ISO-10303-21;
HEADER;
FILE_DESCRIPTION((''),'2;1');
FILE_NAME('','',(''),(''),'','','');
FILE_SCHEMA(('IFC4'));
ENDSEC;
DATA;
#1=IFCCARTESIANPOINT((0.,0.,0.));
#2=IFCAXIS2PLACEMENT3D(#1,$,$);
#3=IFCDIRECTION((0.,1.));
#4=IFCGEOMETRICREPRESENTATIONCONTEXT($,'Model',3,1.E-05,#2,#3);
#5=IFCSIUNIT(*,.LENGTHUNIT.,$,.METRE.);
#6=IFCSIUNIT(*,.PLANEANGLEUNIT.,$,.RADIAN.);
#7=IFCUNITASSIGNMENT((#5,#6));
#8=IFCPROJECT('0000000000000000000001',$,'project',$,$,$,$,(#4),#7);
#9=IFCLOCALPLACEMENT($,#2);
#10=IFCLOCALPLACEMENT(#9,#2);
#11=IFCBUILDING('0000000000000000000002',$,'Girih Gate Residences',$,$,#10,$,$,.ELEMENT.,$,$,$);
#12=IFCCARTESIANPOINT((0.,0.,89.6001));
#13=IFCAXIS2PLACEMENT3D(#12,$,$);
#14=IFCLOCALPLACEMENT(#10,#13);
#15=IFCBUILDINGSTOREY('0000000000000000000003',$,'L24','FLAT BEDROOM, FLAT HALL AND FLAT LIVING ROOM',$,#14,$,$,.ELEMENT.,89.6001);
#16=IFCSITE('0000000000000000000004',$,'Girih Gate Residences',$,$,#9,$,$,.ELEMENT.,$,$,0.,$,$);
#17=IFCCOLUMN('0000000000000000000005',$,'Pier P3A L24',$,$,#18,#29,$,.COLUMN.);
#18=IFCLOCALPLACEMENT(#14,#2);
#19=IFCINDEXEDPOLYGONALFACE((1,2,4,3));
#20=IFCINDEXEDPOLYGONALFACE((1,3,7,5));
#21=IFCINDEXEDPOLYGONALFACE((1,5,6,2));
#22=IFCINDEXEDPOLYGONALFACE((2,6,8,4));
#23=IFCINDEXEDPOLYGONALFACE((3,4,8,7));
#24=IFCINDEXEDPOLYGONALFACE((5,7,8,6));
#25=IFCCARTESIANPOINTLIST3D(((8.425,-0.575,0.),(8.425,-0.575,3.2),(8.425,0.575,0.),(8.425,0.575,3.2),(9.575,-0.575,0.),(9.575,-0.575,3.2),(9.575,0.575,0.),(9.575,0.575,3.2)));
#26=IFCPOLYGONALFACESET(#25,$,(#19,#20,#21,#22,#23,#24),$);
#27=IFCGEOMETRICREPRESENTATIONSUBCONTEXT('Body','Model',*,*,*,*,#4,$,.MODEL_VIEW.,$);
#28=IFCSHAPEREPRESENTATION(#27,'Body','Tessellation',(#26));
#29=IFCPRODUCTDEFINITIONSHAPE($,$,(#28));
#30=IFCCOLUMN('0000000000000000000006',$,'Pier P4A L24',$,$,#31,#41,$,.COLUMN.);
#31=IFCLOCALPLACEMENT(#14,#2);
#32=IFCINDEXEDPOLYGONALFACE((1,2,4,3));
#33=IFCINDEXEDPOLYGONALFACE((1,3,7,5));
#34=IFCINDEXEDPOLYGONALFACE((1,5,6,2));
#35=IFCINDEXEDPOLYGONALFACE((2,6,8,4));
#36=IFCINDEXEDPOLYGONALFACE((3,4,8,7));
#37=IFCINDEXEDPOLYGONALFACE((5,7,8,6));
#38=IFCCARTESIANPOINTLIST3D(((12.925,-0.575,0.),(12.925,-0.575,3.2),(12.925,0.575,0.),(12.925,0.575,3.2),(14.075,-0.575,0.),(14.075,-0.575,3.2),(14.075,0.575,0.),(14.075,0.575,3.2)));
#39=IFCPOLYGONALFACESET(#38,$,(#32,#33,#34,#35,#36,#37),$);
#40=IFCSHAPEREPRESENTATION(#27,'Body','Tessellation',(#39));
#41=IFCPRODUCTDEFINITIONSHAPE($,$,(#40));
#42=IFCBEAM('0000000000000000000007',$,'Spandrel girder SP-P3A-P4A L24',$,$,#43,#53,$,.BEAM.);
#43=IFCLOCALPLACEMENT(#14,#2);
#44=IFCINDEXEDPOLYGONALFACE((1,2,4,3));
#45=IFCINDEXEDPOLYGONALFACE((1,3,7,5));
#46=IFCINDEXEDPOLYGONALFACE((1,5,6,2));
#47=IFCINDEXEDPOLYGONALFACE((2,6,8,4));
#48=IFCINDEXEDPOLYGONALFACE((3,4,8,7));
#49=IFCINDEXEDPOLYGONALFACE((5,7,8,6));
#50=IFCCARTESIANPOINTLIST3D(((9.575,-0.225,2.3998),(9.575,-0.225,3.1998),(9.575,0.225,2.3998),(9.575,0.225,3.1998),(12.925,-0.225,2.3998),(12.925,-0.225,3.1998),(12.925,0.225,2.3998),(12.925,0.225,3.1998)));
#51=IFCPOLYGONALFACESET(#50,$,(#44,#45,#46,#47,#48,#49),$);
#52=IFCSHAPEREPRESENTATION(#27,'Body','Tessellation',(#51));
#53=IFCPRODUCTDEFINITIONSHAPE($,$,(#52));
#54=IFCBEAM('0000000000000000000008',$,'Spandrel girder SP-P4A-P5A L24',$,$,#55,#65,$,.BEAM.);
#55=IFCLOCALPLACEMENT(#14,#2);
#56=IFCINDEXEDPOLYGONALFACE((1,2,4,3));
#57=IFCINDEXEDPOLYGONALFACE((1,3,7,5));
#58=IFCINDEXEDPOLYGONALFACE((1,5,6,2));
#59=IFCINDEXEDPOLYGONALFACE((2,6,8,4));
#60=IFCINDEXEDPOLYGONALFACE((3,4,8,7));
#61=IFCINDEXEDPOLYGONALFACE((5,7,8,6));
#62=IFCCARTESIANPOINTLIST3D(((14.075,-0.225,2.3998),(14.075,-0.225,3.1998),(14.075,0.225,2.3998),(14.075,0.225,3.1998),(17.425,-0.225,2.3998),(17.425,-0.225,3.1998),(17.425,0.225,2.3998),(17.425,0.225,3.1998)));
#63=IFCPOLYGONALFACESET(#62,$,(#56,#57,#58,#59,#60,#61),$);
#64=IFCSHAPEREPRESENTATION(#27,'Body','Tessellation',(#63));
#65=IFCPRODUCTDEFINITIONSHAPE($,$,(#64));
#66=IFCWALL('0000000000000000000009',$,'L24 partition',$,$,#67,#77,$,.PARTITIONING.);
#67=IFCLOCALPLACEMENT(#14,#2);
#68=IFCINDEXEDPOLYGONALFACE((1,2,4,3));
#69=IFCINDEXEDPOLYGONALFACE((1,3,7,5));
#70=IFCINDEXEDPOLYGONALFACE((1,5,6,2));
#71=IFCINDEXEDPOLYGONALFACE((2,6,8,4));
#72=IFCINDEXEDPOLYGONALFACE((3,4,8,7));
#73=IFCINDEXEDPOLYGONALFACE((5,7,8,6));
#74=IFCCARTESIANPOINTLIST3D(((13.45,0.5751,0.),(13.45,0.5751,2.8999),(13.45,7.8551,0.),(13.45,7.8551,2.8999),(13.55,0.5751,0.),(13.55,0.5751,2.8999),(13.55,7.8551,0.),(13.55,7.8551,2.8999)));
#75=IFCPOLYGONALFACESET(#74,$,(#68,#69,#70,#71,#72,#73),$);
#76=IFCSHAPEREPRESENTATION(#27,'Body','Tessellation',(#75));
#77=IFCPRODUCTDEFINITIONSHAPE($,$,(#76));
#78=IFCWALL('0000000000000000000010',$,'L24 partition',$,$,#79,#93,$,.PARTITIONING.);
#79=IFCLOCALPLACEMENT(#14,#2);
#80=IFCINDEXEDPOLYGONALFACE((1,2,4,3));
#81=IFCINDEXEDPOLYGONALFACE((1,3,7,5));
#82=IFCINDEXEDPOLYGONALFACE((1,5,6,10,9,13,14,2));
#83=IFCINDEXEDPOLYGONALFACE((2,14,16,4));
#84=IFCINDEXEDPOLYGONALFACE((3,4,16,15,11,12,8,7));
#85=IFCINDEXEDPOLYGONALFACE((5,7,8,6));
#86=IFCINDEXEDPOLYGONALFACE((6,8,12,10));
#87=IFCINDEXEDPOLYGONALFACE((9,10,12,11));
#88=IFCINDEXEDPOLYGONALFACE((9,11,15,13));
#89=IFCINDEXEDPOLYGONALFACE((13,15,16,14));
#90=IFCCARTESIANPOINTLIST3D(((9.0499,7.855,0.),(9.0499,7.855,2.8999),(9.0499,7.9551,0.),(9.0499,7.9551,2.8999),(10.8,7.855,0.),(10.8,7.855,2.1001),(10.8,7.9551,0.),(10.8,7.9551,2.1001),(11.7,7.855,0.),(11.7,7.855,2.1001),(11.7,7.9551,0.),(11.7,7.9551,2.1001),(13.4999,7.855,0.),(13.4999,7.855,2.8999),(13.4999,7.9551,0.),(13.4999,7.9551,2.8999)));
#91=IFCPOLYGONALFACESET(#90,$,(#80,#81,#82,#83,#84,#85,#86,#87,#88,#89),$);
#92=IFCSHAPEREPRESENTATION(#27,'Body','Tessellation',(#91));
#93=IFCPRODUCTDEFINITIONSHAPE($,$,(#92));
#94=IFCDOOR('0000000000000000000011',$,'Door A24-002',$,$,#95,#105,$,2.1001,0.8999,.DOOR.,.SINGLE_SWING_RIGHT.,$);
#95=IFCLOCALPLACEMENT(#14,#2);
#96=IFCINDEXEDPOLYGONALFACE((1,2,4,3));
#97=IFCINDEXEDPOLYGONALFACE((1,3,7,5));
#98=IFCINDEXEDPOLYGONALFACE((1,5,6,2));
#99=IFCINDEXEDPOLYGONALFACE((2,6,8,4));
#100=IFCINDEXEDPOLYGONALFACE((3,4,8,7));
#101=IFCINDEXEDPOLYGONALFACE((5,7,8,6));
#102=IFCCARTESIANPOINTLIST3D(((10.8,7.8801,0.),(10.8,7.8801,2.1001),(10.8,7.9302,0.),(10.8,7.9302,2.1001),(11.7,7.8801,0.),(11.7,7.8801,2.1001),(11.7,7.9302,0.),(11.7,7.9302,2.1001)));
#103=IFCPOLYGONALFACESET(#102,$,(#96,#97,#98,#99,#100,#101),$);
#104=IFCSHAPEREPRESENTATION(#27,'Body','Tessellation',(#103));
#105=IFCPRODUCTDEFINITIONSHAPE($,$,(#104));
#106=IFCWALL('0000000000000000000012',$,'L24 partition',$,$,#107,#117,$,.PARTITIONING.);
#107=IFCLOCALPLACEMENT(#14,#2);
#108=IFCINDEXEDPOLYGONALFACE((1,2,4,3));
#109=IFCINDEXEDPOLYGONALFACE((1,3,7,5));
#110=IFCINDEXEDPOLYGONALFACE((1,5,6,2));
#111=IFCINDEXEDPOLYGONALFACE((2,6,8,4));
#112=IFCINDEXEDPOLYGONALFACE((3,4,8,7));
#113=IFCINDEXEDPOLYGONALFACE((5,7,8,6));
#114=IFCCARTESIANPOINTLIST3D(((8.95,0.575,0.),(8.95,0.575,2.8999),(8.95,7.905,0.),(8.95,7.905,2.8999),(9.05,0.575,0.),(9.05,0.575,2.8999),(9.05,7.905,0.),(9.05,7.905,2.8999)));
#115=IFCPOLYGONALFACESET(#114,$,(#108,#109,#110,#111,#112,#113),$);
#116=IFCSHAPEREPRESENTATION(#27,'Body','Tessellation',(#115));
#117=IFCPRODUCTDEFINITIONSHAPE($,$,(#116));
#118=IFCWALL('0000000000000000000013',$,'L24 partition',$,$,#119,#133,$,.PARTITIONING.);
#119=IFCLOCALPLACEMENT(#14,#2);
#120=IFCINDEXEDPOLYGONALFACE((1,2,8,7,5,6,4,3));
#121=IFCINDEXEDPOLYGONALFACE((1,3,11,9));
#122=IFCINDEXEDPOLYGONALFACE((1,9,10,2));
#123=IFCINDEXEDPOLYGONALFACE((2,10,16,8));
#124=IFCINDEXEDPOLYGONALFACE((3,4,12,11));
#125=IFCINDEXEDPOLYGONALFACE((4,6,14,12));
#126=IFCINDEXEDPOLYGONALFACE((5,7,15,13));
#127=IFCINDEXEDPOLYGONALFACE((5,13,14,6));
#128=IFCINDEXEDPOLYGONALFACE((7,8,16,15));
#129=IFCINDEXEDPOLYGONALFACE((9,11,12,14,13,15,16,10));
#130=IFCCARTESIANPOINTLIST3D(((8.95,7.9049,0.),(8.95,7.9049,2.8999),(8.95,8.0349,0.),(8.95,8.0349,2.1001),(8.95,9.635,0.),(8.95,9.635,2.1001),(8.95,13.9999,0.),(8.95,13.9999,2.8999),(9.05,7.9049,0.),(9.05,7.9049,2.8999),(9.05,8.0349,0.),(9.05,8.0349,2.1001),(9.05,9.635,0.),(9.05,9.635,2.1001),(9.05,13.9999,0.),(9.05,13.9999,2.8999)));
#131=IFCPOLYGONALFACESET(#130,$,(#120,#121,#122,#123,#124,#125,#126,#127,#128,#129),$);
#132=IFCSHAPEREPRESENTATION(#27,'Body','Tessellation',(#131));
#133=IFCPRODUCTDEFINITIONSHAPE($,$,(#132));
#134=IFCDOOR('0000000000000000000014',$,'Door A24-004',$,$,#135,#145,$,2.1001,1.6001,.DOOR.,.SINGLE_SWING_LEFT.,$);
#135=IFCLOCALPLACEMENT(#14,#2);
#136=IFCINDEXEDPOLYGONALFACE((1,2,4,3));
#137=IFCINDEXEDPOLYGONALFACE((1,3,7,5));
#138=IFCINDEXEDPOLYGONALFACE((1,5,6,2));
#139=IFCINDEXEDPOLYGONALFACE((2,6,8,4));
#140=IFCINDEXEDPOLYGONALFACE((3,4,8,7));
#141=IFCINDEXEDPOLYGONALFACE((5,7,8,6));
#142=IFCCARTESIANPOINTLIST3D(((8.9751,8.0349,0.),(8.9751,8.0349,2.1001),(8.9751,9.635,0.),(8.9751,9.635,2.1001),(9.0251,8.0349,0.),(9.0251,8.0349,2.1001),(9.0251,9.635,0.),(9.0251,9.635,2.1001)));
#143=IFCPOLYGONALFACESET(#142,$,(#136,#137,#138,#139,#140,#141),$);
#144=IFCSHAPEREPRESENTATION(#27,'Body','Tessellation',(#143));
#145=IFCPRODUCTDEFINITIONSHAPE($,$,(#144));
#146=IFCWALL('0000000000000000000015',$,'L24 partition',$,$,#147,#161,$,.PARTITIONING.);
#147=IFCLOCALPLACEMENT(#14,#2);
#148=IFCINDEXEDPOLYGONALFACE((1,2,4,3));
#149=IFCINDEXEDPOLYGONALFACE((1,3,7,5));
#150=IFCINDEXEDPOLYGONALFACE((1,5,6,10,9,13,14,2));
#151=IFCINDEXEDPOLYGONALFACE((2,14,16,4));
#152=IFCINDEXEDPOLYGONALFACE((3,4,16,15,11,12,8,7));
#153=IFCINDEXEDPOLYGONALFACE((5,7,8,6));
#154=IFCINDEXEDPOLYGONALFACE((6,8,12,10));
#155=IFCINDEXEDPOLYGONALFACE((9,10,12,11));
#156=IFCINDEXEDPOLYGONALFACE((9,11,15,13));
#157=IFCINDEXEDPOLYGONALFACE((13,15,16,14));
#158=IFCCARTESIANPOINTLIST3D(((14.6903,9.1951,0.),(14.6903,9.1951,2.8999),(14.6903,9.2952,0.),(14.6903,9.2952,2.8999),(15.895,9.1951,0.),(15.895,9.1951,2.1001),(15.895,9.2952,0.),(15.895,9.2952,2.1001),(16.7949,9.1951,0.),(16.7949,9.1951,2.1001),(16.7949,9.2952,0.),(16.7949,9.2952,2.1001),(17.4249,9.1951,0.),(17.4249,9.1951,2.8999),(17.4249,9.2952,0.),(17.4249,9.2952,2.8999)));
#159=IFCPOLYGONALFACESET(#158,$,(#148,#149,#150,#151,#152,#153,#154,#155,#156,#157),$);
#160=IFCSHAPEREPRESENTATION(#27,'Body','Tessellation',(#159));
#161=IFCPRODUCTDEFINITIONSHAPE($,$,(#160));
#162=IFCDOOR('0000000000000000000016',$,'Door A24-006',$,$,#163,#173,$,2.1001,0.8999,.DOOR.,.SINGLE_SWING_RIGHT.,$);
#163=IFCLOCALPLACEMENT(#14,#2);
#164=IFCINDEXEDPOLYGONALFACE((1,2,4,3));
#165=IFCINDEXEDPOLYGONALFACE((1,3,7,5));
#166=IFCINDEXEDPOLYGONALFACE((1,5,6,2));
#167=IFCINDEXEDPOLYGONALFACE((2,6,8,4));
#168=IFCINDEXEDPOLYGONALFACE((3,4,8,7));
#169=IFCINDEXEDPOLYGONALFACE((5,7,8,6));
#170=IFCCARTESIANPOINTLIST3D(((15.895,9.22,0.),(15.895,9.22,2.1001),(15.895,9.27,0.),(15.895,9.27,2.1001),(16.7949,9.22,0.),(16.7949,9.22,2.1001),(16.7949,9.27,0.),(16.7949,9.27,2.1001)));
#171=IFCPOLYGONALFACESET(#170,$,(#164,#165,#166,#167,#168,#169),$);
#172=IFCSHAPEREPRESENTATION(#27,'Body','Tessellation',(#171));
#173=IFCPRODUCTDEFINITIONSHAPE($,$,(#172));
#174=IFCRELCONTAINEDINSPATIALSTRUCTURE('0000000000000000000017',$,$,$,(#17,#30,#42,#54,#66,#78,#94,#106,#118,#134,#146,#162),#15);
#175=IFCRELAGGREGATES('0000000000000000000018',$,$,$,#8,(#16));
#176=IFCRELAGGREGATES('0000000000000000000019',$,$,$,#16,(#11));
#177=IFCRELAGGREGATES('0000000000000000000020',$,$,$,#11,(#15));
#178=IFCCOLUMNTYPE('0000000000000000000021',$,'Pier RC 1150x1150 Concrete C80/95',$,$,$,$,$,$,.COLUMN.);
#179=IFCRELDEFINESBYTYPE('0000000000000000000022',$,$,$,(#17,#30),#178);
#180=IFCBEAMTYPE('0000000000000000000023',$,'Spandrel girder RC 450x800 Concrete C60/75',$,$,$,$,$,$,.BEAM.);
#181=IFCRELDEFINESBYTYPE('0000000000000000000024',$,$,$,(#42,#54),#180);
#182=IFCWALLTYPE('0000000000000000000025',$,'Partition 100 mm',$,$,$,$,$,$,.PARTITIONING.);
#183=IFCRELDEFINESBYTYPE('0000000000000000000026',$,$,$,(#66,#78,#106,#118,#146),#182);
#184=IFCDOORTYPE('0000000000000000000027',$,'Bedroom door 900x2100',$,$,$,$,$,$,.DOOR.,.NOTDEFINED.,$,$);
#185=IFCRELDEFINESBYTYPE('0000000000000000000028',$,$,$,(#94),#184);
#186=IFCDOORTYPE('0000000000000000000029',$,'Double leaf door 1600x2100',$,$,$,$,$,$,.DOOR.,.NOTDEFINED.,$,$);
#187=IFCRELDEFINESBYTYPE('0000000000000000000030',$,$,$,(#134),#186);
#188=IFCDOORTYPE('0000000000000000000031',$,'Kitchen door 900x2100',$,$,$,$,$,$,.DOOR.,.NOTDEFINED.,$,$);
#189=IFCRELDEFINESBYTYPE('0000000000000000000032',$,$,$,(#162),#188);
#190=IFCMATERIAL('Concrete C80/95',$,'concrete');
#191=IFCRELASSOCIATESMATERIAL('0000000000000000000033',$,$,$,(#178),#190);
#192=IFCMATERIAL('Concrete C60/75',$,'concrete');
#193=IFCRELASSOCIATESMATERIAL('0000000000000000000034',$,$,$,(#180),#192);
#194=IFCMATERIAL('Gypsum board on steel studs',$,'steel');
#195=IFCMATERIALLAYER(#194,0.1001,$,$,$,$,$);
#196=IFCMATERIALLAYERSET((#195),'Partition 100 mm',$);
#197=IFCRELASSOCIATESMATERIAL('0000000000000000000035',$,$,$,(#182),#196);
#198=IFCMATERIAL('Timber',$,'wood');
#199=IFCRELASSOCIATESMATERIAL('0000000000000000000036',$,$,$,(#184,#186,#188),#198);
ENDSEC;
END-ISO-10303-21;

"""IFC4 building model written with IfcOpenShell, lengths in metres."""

from ifc_helpers import new_model, si_unit, direction, frame, frame_2d, origin, origin_2d, place, context, subcontext, project, spatial, rectangle, extrude, material, layer, layer_set, material_profile, profile_set, type_object, element, fill, save


model = new_model("IFC4")

# Units and contexts
model_context = context("Model", 3, precision=1e-05, world=origin(), true_north=direction((0.0, 1.0)))
body_context = subcontext(model_context, "Body", "Model", "MODEL_VIEW")
ifc_project = project(units=[si_unit("LENGTHUNIT", "METRE"), si_unit("PLANEANGLEUNIT", "RADIAN")], contexts=[model_context])

# Site, building, storey
site_placement = place(None, origin())
site = spatial("IfcSite", under=ifc_project, at=site_placement, Name="Girih Gate Residences", CompositionType="ELEMENT", RefElevation=0.0)
building_placement = place(site_placement, origin())
building = spatial("IfcBuilding", under=site, at=building_placement, Name="Girih Gate Residences", CompositionType="ELEMENT")
storey_placement = place(building_placement, frame((0.0, 0.0, 89.6001)))
storey = spatial("IfcBuildingStorey", under=building, at=storey_placement, Name="L24", Description="FLAT BEDROOM, FLAT HALL AND FLAT LIVING ROOM", CompositionType="ELEMENT", Elevation=89.6001)

# Columns
ifc_material_1 = material(Name="Concrete C80/95", Category="concrete")
ifc_material_profile_1 = material_profile(ifc_material_1, rectangle(XDim=1.1499, YDim=1.1499, at=origin_2d()))
ifc_profile_set_1 = profile_set([ifc_material_profile_1], Name="Concrete C80/95")
column_type = type_object("IfcColumnType", Name="Pier RC 1150x1150 Concrete C80/95", PredefinedType="COLUMN", material=ifc_profile_set_1)
for number, where, z_axis, x_axis, name in (
    (1, (9.0, 0.0, 0.0), (0.0, 0.0, 1.0), (1.0, 0.0, 0.0), "Pier P3A L24"),
    (2, (13.5, 0.0, 0.0), (0.0, 0.0, 1.0), (1.0, 0.0, 0.0), "Pier P4A L24"),
):
    element("IfcColumn", number, at=place(storey_placement, frame(where, z_axis=z_axis, x_axis=x_axis)), inside=storey, type_object=column_type, Name=name, PredefinedType="COLUMN", context=body_context, shape_type="SweptSolid", body=[
        extrude(rectangle(XDim=1.1499, YDim=1.1499, at=origin_2d()), origin(), (0.0, 0.0, 1.0), 3.2),
    ])

# Beams
ifc_material_2 = material(Name="Concrete C60/75", Category="concrete")
ifc_material_profile_2 = material_profile(ifc_material_2, rectangle(XDim=0.45, YDim=0.8, at=origin_2d()))
ifc_profile_set_2 = profile_set([ifc_material_profile_2], Name="Concrete C60/75")
beam_type = type_object("IfcBeamType", Name="Spandrel girder RC 450x800 Concrete C60/75", PredefinedType="BEAM", material=ifc_profile_set_2)
for number, where, z_axis, x_axis, name in (
    (3, (9.575, 0.0, 2.7998), (1.0, 0.0, 0.0), (0.0, 1.0, 0.0), "Spandrel girder SP-P3A-P4A L24"),
    (4, (14.075, 0.0, 2.7998), (1.0, 0.0, 0.0), (0.0, 1.0, 0.0), "Spandrel girder SP-P4A-P5A L24"),
):
    element("IfcBeam", number, at=place(storey_placement, frame(where, z_axis=z_axis, x_axis=x_axis)), inside=storey, type_object=beam_type, Name=name, PredefinedType="BEAM", context=body_context, shape_type="SweptSolid", body=[
        extrude(rectangle(XDim=0.45, YDim=0.8, at=origin_2d()), origin(), (0.0, 0.0, 1.0), 3.3501),
    ])

# Wall
ifc_material_3 = material(Name="Gypsum board on steel studs", Category="steel")
ifc_layer_1 = layer(ifc_material_3, 0.1001)
ifc_layer_set_1 = layer_set([ifc_layer_1], Name="Partition 100 mm")
wall_type_1 = type_object("IfcWallType", Name="Partition 100 mm", PredefinedType="PARTITIONING", material=ifc_layer_set_1)
wall_1_placement = place(storey_placement, frame((13.5, 0.575, 0.0), z_axis=(0.0, 0.0, 1.0), x_axis=(0.0, 1.0, 0.0)))
element("IfcWall", 5, at=wall_1_placement, inside=storey, type_object=wall_type_1, Name="L24 partition", PredefinedType="PARTITIONING", context=body_context, shape_type="SweptSolid", body=[
    extrude(rectangle(XDim=7.28, YDim=0.1001, at=frame_2d((3.6401, 0.0))), origin(), (0.0, 0.0, 1.0), 2.8999),
])

# Wall, opening, door
wall_2_placement = place(storey_placement, frame((13.5, 7.905, 0.0), z_axis=(0.0, 0.0, 1.0), x_axis=(-1.0, 0.0, 0.0)))
wall_2 = element("IfcWall", 6, at=wall_2_placement, inside=storey, type_object=wall_type_1, Name="L24 partition", PredefinedType="PARTITIONING", context=body_context, shape_type="SweptSolid", body=[
    extrude(rectangle(XDim=4.45, YDim=0.1001, at=frame_2d((2.2251, 0.0))), origin(), (0.0, 0.0, 1.0), 2.8999),
])
opening_1_placement = place(wall_2_placement, frame((1.8, 0.0, 0.0)))
opening_1 = element("IfcOpeningElement", 7, at=opening_1_placement, cuts=wall_2, PredefinedType="OPENING", context=body_context, shape_type="SweptSolid", body=[
    extrude(rectangle(XDim=0.8999, YDim=2.1001, at=frame_2d((0.45, 1.05))), frame((0.0, 0.0601, 0.0), z_axis=(0.0, -1.0, 0.0), x_axis=(1.0, 0.0, 0.0)), (0.0, 0.0, 1.0), 0.1201),
])
ifc_material_4 = material(Name="Timber", Category="wood")
door_type_1 = type_object("IfcDoorType", Name="Bedroom door 900x2100", OperationType="NOTDEFINED", PredefinedType="DOOR", material=ifc_material_4)
door_1_placement = place(opening_1_placement, origin())
door_1 = element("IfcDoor", 8, at=door_1_placement, inside=storey, type_object=door_type_1, Name="Door A24-002", OperationType="SINGLE_SWING_RIGHT", OverallHeight=2.1001, OverallWidth=0.8999, PredefinedType="DOOR", context=body_context, shape_type="SweptSolid", body=[
    extrude(rectangle(XDim=0.8999, YDim=2.1001, at=frame_2d((0.45, 1.05))), frame((0.0, 0.0249, 0.0), z_axis=(0.0, -1.0, 0.0), x_axis=(1.0, 0.0, 0.0)), (0.0, 0.0, 1.0), 0.05),
])
fill(opening_1, door_1)

# Wall
wall_3_placement = place(storey_placement, frame((9.0, 0.575, 0.0), z_axis=(0.0, 0.0, 1.0), x_axis=(0.0, 1.0, 0.0)))
element("IfcWall", 9, at=wall_3_placement, inside=storey, type_object=wall_type_1, Name="L24 partition", PredefinedType="PARTITIONING", context=body_context, shape_type="SweptSolid", body=[
    extrude(rectangle(XDim=7.3301, YDim=0.1001, at=frame_2d((3.665, 0.0))), origin(), (0.0, 0.0, 1.0), 2.8999),
])

# Walls, openings, doors
wall_4_placement = place(storey_placement, frame((9.0, 7.905, 0.0), z_axis=(0.0, 0.0, 1.0), x_axis=(0.0, 1.0, 0.0)))
wall_4 = element("IfcWall", 10, at=wall_4_placement, inside=storey, type_object=wall_type_1, Name="L24 partition", PredefinedType="PARTITIONING", context=body_context, shape_type="SweptSolid", body=[
    extrude(rectangle(XDim=6.095, YDim=0.1001, at=frame_2d((3.0474, 0.0))), origin(), (0.0, 0.0, 1.0), 2.8999),
])
opening_2_placement = place(wall_4_placement, frame((0.1299, 0.0, 0.0)))
opening_2 = element("IfcOpeningElement", 11, at=opening_2_placement, cuts=wall_4, PredefinedType="OPENING", context=body_context, shape_type="SweptSolid", body=[
    extrude(rectangle(XDim=1.6001, YDim=2.1001, at=frame_2d((0.8, 1.05))), frame((0.0, 0.0601, 0.0), z_axis=(0.0, -1.0, 0.0), x_axis=(1.0, 0.0, 0.0)), (0.0, 0.0, 1.0), 0.1201),
])
door_type_2 = type_object("IfcDoorType", Name="Double leaf door 1600x2100", OperationType="NOTDEFINED", PredefinedType="DOOR", material=ifc_material_4)
door_2_placement = place(opening_2_placement, origin())
door_2 = element("IfcDoor", 12, at=door_2_placement, inside=storey, type_object=door_type_2, Name="Door A24-004", OperationType="SINGLE_SWING_LEFT", OverallHeight=2.1001, OverallWidth=1.6001, PredefinedType="DOOR", context=body_context, shape_type="SweptSolid", body=[
    extrude(rectangle(XDim=1.6001, YDim=2.1001, at=frame_2d((0.8, 1.05))), frame((0.0, 0.0249, 0.0), z_axis=(0.0, -1.0, 0.0), x_axis=(1.0, 0.0, 0.0)), (0.0, 0.0, 1.0), 0.05),
])
fill(opening_2, door_2)
wall_5_placement = place(storey_placement, frame((14.6904, 9.2451, 0.0), z_axis=(0.0, 0.0, 1.0), x_axis=(1.0, 0.0, 0.0)))
wall_5 = element("IfcWall", 13, at=wall_5_placement, inside=storey, type_object=wall_type_1, Name="L24 partition", PredefinedType="PARTITIONING", context=body_context, shape_type="SweptSolid", body=[
    extrude(rectangle(XDim=2.7346, YDim=0.1001, at=frame_2d((1.3672, 0.0))), origin(), (0.0, 0.0, 1.0), 2.8999),
])
opening_3_placement = place(wall_5_placement, frame((1.2046, 0.0, 0.0)))
opening_3 = element("IfcOpeningElement", 14, at=opening_3_placement, cuts=wall_5, PredefinedType="OPENING", context=body_context, shape_type="SweptSolid", body=[
    extrude(rectangle(XDim=0.8999, YDim=2.1001, at=frame_2d((0.45, 1.05))), frame((0.0, 0.0601, 0.0), z_axis=(0.0, -1.0, 0.0), x_axis=(1.0, 0.0, 0.0)), (0.0, 0.0, 1.0), 0.1201),
])
door_type_3 = type_object("IfcDoorType", Name="Kitchen door 900x2100", OperationType="NOTDEFINED", PredefinedType="DOOR", material=ifc_material_4)
door_3_placement = place(opening_3_placement, origin())
door_3 = element("IfcDoor", 15, at=door_3_placement, inside=storey, type_object=door_type_3, Name="Door A24-006", OperationType="SINGLE_SWING_RIGHT", OverallHeight=2.1001, OverallWidth=0.8999, PredefinedType="DOOR", context=body_context, shape_type="SweptSolid", body=[
    extrude(rectangle(XDim=0.8999, YDim=2.1001, at=frame_2d((0.45, 1.05))), frame((0.0, 0.0249, 0.0), z_axis=(0.0, -1.0, 0.0), x_axis=(1.0, 0.0, 0.0)), (0.0, 0.0, 1.0), 0.05),
])
fill(opening_3, door_3)

save(model, "model.ifc")
